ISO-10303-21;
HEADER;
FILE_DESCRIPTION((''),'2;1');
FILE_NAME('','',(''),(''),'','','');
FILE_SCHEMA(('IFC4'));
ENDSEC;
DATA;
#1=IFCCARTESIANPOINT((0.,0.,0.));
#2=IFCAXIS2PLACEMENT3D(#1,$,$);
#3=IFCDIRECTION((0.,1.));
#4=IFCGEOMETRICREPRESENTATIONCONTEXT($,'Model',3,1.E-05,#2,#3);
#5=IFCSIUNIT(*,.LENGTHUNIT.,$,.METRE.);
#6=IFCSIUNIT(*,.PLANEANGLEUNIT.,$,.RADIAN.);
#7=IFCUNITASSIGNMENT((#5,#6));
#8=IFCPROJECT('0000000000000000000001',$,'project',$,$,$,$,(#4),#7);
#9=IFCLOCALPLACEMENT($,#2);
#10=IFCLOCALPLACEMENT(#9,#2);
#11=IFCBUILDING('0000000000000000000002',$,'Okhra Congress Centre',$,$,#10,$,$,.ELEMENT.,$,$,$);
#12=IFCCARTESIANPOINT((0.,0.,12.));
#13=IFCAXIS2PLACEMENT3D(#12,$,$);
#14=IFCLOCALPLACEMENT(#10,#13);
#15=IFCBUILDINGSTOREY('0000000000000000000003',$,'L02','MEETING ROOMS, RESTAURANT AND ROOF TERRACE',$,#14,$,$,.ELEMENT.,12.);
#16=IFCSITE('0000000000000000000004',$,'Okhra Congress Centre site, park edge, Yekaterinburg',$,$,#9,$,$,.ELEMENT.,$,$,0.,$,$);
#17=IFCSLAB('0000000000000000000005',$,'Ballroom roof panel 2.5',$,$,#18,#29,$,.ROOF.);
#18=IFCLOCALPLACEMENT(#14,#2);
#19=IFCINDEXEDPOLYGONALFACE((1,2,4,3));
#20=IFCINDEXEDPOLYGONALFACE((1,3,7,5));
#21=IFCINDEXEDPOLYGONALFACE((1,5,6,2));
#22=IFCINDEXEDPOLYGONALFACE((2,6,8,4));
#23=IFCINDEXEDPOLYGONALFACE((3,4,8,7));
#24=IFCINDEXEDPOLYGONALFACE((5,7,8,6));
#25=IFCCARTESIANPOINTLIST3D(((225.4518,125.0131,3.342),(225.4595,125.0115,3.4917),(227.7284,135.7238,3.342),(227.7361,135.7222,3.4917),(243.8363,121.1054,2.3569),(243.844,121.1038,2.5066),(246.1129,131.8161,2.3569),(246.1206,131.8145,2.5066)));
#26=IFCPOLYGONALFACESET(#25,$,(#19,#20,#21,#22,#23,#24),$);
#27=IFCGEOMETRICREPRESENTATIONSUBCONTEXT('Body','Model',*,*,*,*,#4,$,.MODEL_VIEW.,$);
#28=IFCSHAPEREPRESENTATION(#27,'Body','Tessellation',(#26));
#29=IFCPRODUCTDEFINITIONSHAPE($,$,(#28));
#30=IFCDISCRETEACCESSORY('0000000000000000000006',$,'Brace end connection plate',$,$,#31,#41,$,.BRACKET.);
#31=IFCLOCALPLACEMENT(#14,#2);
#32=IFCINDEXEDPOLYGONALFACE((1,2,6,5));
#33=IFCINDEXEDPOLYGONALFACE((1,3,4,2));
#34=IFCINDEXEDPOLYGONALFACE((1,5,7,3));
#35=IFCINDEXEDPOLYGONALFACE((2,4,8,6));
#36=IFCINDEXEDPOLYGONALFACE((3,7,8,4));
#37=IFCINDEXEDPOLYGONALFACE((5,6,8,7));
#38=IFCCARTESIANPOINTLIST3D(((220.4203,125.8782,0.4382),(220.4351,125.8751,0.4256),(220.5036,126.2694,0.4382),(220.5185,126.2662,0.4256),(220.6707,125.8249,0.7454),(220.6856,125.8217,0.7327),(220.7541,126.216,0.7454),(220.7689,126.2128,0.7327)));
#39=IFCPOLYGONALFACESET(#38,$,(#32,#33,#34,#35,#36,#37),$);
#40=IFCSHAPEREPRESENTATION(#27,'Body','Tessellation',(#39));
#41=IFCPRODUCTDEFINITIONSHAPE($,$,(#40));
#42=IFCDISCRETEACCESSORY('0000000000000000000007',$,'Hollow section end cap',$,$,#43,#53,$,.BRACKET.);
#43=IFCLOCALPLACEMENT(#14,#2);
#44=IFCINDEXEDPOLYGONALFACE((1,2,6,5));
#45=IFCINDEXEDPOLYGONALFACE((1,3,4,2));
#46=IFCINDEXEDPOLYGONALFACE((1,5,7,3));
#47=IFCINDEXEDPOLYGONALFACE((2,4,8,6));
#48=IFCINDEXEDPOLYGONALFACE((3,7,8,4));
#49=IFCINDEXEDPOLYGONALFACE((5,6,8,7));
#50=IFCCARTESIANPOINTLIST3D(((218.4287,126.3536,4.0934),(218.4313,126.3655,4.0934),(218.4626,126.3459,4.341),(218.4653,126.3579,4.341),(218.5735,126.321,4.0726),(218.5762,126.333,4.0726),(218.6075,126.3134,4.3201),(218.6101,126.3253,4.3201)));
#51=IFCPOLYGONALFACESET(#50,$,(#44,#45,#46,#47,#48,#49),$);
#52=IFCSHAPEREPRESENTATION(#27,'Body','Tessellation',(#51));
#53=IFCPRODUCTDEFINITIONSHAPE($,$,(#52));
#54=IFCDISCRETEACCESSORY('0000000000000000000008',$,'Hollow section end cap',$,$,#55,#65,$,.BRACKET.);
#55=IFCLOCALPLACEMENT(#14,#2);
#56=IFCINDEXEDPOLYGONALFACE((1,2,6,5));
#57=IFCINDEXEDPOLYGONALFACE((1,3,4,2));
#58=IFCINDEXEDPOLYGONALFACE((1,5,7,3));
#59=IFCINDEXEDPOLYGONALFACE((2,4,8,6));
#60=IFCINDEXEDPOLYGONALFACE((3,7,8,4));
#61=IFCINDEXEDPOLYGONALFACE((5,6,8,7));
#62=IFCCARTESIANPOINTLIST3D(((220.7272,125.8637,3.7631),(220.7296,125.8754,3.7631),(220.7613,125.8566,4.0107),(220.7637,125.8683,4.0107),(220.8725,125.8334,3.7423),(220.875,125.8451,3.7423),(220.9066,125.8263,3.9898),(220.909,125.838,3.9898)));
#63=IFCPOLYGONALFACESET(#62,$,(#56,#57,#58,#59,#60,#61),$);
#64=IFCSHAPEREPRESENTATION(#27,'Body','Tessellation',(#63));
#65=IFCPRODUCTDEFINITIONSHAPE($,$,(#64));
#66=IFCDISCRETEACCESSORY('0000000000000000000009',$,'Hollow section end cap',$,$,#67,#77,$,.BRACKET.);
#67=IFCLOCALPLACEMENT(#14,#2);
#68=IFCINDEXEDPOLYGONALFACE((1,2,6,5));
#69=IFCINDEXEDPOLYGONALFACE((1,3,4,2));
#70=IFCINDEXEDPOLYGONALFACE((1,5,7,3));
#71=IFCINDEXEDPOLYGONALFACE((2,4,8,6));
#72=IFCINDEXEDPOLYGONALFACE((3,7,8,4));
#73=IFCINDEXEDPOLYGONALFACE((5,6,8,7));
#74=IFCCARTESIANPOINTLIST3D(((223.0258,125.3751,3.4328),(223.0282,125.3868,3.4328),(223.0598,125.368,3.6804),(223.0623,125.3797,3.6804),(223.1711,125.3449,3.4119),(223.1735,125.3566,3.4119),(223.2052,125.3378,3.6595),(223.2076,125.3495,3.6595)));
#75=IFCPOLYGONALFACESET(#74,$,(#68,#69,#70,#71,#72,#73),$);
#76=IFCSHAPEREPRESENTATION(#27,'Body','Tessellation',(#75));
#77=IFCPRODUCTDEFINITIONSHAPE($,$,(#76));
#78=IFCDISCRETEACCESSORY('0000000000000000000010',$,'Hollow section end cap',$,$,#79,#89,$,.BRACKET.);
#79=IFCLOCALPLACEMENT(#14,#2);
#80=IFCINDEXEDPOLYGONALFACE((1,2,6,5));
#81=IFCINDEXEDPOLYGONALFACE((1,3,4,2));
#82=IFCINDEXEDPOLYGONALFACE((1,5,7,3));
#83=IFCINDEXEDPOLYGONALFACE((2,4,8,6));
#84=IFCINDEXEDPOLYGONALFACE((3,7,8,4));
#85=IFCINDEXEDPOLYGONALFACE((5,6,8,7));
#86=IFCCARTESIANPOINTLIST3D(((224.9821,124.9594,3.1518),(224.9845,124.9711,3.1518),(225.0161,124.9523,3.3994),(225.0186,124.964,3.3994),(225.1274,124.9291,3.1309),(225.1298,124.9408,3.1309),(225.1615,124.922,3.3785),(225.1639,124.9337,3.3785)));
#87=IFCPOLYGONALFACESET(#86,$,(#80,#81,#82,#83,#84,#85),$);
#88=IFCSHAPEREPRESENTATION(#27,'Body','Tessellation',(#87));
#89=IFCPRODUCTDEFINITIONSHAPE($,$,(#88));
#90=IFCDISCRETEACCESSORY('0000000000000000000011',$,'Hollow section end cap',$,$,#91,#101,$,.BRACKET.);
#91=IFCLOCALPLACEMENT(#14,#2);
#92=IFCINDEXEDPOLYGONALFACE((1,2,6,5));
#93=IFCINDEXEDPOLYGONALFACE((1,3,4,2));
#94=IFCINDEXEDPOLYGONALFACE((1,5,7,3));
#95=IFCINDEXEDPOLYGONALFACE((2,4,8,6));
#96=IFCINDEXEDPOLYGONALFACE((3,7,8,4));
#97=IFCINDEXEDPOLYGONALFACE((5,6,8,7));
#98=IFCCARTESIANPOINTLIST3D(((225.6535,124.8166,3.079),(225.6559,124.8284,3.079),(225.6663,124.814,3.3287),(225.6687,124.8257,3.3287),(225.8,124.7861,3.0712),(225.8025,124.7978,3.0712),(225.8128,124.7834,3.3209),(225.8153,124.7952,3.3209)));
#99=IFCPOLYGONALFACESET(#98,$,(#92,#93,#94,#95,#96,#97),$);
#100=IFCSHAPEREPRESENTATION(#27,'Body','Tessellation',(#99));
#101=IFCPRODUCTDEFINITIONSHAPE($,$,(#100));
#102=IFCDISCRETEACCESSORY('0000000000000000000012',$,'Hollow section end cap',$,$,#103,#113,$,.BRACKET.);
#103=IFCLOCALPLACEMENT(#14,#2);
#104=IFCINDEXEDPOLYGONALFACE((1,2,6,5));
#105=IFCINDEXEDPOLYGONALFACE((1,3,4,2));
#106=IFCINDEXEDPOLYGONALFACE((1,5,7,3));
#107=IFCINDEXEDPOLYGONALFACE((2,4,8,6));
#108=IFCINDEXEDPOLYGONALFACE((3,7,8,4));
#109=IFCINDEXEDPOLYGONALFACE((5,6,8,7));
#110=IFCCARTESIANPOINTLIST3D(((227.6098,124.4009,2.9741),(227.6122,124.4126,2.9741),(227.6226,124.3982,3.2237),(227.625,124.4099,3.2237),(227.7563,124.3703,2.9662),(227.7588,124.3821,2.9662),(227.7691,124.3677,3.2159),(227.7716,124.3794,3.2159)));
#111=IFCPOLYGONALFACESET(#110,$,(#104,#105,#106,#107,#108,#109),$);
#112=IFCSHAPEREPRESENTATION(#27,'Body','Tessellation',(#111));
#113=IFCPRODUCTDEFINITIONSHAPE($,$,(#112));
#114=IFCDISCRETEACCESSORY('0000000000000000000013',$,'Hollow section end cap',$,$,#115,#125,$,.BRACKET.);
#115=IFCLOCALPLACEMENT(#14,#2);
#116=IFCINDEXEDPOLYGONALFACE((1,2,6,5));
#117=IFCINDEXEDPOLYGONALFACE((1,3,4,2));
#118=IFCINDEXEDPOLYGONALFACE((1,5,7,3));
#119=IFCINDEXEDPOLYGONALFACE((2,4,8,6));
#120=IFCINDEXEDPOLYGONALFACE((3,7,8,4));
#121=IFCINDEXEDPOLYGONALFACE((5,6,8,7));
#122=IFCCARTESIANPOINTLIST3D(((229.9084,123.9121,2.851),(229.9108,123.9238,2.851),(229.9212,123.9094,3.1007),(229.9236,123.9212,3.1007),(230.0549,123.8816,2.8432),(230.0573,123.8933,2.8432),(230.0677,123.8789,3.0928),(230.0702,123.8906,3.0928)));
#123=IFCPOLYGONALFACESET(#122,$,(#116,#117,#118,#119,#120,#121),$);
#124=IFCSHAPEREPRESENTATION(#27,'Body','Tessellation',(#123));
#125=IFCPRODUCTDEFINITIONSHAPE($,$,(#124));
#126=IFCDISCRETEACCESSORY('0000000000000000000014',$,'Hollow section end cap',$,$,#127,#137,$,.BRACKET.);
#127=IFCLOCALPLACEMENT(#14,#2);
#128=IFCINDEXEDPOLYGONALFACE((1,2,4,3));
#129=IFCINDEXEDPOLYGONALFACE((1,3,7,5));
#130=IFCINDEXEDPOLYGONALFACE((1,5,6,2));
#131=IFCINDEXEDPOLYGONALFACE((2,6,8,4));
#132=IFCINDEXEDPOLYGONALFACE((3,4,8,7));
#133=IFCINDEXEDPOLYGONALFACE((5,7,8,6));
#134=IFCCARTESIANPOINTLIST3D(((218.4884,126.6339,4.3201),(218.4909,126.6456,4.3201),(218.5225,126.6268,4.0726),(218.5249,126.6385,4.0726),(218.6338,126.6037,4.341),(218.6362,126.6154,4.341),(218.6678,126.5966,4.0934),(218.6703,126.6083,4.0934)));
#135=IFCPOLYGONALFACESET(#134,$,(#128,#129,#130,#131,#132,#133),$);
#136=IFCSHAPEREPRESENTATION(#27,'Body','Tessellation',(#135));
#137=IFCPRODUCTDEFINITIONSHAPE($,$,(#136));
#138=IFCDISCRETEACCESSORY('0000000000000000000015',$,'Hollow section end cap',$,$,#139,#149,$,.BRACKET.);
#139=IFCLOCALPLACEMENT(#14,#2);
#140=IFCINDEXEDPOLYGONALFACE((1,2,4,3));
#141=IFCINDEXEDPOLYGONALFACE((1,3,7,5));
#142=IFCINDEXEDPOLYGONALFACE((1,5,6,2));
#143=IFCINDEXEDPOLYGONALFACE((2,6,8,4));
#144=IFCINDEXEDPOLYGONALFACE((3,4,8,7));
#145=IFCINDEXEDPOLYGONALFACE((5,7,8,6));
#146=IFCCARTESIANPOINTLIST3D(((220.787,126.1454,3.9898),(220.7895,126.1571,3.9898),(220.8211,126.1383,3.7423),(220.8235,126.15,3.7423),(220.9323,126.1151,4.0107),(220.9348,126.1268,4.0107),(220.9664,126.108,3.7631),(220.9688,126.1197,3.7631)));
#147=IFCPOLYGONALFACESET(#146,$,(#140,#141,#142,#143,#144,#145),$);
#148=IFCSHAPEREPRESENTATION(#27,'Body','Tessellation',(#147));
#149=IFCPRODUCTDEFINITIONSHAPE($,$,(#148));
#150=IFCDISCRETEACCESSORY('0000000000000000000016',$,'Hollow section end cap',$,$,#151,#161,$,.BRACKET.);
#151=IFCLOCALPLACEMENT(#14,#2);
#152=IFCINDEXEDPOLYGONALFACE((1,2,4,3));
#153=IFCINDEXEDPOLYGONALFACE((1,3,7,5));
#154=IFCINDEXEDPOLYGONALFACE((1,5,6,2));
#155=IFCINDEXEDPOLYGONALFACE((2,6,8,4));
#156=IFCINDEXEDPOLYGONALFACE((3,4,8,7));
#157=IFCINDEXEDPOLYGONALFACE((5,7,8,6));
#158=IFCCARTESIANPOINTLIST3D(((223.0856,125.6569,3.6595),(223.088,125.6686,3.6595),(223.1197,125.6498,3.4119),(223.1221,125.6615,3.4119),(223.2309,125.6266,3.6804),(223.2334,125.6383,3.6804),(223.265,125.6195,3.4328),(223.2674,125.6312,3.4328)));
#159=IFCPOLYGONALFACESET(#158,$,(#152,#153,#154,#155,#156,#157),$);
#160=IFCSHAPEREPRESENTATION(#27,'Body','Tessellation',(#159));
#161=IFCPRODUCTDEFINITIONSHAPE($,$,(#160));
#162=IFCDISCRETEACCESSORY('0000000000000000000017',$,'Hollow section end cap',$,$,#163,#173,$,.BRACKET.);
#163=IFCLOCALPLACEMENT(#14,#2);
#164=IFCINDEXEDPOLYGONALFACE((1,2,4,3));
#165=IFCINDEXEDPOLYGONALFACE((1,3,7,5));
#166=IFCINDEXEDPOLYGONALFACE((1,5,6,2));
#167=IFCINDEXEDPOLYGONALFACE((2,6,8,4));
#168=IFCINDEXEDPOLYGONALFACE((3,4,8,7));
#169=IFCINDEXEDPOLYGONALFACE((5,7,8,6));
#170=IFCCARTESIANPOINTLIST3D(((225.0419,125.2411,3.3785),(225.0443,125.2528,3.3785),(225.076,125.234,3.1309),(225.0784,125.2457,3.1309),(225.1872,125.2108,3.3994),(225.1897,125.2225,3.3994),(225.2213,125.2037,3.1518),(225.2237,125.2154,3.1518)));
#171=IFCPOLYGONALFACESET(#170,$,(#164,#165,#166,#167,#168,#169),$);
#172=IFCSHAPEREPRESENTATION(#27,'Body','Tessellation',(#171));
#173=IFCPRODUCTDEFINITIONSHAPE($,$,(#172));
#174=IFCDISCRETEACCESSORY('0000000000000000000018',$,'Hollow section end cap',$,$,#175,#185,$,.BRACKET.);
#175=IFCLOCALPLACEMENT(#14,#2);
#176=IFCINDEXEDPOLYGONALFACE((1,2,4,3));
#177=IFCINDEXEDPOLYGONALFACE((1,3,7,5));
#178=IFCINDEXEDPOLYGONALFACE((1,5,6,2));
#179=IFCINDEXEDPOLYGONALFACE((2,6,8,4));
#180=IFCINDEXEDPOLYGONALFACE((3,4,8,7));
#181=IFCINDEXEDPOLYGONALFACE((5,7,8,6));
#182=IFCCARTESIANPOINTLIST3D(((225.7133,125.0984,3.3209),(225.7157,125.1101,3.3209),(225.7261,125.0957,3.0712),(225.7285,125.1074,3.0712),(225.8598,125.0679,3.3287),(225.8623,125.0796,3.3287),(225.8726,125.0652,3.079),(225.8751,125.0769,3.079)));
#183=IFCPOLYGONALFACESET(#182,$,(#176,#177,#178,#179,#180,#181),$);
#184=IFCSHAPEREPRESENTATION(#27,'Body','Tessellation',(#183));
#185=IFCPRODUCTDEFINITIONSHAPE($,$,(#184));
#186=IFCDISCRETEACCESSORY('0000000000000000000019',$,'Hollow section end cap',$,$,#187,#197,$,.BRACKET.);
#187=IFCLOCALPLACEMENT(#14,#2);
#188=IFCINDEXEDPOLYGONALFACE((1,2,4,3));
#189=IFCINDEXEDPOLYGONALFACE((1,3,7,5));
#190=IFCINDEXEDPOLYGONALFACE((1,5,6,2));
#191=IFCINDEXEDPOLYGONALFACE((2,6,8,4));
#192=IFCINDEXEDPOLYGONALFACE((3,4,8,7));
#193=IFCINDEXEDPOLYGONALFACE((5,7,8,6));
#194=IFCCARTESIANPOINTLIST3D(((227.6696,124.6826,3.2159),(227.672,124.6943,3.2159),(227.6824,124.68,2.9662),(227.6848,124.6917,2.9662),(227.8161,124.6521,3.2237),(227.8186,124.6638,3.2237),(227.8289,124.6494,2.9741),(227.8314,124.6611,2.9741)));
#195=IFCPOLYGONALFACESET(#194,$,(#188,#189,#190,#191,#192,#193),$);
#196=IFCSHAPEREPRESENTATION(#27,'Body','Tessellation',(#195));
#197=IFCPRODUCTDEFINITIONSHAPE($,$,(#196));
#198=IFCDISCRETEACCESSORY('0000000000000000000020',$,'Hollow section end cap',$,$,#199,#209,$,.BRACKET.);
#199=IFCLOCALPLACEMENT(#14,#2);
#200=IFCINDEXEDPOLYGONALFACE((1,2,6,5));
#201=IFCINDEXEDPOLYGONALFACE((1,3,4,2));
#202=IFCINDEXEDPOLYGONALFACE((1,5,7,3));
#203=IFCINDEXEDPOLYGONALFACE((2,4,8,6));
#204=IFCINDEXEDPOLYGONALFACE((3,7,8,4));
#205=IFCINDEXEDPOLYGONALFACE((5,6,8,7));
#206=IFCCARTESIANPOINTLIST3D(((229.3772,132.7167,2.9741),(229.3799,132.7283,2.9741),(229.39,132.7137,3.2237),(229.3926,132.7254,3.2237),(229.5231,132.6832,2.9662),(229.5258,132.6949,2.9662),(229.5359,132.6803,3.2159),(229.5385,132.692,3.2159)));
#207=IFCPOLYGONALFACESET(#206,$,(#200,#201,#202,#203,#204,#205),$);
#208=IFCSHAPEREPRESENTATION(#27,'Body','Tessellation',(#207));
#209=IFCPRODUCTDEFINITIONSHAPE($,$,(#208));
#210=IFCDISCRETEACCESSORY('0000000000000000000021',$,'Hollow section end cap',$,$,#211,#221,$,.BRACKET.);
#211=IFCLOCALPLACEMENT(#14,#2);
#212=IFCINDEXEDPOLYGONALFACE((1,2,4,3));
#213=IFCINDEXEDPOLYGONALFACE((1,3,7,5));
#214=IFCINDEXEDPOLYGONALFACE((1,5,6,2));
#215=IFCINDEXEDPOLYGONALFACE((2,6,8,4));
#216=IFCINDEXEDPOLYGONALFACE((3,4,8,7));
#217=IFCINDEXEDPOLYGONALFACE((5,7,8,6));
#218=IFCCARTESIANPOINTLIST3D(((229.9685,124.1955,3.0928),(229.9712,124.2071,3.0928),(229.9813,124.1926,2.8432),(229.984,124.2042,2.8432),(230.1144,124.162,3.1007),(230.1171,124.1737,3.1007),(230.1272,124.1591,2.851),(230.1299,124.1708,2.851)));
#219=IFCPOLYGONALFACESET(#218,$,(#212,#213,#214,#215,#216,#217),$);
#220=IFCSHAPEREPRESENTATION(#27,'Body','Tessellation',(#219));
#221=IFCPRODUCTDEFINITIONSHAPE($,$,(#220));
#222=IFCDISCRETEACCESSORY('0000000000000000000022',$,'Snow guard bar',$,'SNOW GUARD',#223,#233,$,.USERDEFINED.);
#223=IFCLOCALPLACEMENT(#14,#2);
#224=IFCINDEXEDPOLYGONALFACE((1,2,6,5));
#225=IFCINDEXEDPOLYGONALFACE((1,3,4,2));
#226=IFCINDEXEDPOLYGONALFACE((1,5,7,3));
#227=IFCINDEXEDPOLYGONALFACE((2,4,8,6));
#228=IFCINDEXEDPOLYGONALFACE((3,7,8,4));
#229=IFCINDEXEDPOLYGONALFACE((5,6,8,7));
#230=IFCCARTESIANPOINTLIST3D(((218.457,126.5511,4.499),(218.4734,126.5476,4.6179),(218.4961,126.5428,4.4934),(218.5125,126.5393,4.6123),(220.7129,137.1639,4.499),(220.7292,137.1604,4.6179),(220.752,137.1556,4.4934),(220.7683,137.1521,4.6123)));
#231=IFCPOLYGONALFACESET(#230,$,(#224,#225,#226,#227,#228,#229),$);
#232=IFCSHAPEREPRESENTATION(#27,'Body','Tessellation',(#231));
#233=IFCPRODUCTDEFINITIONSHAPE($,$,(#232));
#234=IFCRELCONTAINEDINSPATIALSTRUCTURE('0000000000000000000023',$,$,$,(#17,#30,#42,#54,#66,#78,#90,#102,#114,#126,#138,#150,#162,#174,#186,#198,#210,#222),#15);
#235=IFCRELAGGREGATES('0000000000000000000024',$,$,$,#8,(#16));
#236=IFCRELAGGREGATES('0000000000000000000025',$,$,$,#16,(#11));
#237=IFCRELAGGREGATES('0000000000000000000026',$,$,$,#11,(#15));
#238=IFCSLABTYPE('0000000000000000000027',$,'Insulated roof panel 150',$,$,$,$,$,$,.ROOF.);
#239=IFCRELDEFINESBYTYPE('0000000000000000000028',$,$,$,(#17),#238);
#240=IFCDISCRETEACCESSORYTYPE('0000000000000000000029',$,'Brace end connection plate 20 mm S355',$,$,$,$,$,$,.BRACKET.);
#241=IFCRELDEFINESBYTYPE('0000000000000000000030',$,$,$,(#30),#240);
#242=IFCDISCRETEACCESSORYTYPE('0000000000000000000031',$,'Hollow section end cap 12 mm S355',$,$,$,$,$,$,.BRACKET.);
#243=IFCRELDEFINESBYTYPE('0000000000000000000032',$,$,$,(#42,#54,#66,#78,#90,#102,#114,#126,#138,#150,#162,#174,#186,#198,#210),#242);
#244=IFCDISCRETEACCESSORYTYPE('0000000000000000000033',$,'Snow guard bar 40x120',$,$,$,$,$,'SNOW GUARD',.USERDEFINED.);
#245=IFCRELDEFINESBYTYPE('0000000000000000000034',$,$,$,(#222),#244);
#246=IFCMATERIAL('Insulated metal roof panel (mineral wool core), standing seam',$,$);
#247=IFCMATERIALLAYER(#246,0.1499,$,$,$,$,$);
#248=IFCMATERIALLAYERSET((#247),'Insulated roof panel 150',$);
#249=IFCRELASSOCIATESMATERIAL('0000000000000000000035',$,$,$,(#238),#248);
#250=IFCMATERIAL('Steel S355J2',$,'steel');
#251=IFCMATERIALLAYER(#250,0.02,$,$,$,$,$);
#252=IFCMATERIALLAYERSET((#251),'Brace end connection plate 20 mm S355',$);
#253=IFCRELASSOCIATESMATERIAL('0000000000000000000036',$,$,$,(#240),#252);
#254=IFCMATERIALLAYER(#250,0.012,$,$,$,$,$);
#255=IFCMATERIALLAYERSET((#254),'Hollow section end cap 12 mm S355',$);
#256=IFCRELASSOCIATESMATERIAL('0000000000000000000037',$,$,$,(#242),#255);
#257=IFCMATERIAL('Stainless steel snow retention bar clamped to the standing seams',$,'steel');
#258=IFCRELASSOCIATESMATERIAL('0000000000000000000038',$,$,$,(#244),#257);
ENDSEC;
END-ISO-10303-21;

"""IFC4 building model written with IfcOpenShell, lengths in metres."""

from ifc_helpers import new_model, si_unit, direction, frame, origin, origin_2d, place, context, subcontext, project, spatial, polyline, rectangle, outline, extrude, material, layer, layer_set, type_object, element, save


model = new_model("IFC4")

# Units and contexts
model_context = context("Model", 3, precision=1e-05, world=origin(), true_north=direction((0.0, 1.0)))
body_context = subcontext(model_context, "Body", "Model", "MODEL_VIEW")
ifc_project = project(units=[si_unit("LENGTHUNIT", "METRE"), si_unit("PLANEANGLEUNIT", "RADIAN")], contexts=[model_context])

# Site, building, storey
site_placement = place(None, origin())
site = spatial("IfcSite", under=ifc_project, at=site_placement, Name="Okhra Congress Centre site, park edge, Yekaterinburg", CompositionType="ELEMENT", RefElevation=0.0)
building_placement = place(site_placement, origin())
building = spatial("IfcBuilding", under=site, at=building_placement, Name="Okhra Congress Centre", CompositionType="ELEMENT")
storey_placement = place(building_placement, frame((0.0, 0.0, 12.0)))
storey = spatial("IfcBuildingStorey", under=building, at=storey_placement, Name="L02", Description="MEETING ROOMS, RESTAURANT AND ROOF TERRACE", CompositionType="ELEMENT", Elevation=12.0)

# Shared definitions
ifc_material_1 = material(Name="Steel S355J2", Category="steel")

# Slab
ifc_material_2 = material(Name="Insulated metal roof panel (mineral wool core), standing seam")
ifc_layer_1 = layer(ifc_material_2, 0.1499)
ifc_layer_set_1 = layer_set([ifc_layer_1], Name="Insulated roof panel 150")
slab_type = type_object("IfcSlabType", Name="Insulated roof panel 150", PredefinedType="ROOF", material=ifc_layer_set_1)
slab_placement = place(storey_placement, frame((225.4595, 125.0115, 3.4917), z_axis=(0.051197, -0.010882, 0.998629), x_axis=(0.976807, -0.207625, -0.052341)))
element("IfcSlab", 1, at=slab_placement, inside=storey, type_object=slab_type, Name="Ballroom roof panel 2.5", PredefinedType="ROOF", context=body_context, shape_type="SweptSolid", body=[
    extrude(outline(polyline([(0.0, 0.0), (18.821, 0.0), (18.821, 10.95), (0.0, 10.95), (0.0, 0.0)])), origin(), (0.0, 0.0, -1.0), 0.1499),
])

# Discrete accessories
ifc_layer_2 = layer(ifc_material_1, 0.02)
ifc_layer_set_2 = layer_set([ifc_layer_2], Name="Brace end connection plate 20 mm S355")
discrete_accessory_type_1 = type_object("IfcDiscreteAccessoryType", Name="Brace end connection plate 20 mm S355", PredefinedType="BRACKET", material=ifc_layer_set_2)
discrete_accessory_1_placement = place(storey_placement, frame((220.5872, 126.0471, 0.5918), z_axis=(0.7512, -0.160092, -0.640367), x_axis=(0.208434, 0.978036, 0.0)))
element("IfcDiscreteAccessory", 2, at=discrete_accessory_1_placement, inside=storey, type_object=discrete_accessory_type_1, Name="Brace end connection plate", PredefinedType="BRACKET", context=body_context, shape_type="SweptSolid", body=[
    extrude(rectangle(XDim=0.3999, YDim=0.3999, at=origin_2d()), origin(), (0.0, 0.0, 1.0), 0.0198),
])
ifc_layer_3 = layer(ifc_material_1, 0.012)
ifc_layer_set_3 = layer_set([ifc_layer_3], Name="Hollow section end cap 12 mm S355")
discrete_accessory_type_2 = type_object("IfcDiscreteAccessoryType", Name="Hollow section end cap 12 mm S355", PredefinedType="BRACKET", material=ifc_layer_set_3)
discrete_accessory_2_placement = place(storey_placement, frame((218.5181, 126.3335, 4.2068), z_axis=(0.219038, 0.975716, 0.0), x_axis=(-0.966221, 0.216907, 0.139173)))
element("IfcDiscreteAccessory", 3, at=discrete_accessory_2_placement, inside=storey, type_object=discrete_accessory_type_2, Name="Hollow section end cap", PredefinedType="BRACKET", context=body_context, shape_type="SweptSolid", body=[
    extrude(rectangle(XDim=0.1499, YDim=0.25, at=origin_2d()), origin(), (0.0, 0.0, 1.0), 0.0122),
])
for number, where, z_axis, x_axis, name in (
    (4, (220.8169, 125.845, 3.8765), (0.203954, 0.97898, 0.0), (-0.969453, 0.201969, 0.139173), "Hollow section end cap"),
    (5, (223.1155, 125.3564, 3.5461), (0.203954, 0.97898, 0.0), (-0.969453, 0.201969, 0.139173), "Hollow section end cap"),
    (6, (225.0718, 124.9407, 3.2651), (0.203954, 0.97898, 0.0), (-0.969453, 0.201969, 0.139173), "Hollow section end cap"),
    (7, (225.7332, 124.8, 3.2), (0.203954, 0.97898, 0.0), (-0.977639, 0.203675, 0.052336), "Hollow section end cap"),
    (8, (227.6895, 124.3843, 3.095), (0.203954, 0.97898, 0.0), (-0.977639, 0.203675, 0.052336), "Hollow section end cap"),
    (9, (229.988, 123.8955, 2.9719), (0.203954, 0.97898, 0.0), (-0.977639, 0.203675, 0.052336), "Hollow section end cap"),
    (10, (218.5806, 126.627, 4.2068), (-0.203954, -0.97898, 0.0), (0.969453, -0.201969, 0.139173), "Hollow section end cap"),
    (11, (220.8792, 126.1384, 3.8765), (-0.203954, -0.97898, 0.0), (0.969453, -0.201969, 0.139173), "Hollow section end cap"),
    (12, (223.1777, 125.6499, 3.5461), (-0.203954, -0.97898, 0.0), (0.969453, -0.201969, 0.139173), "Hollow section end cap"),
    (13, (225.134, 125.2341, 3.2651), (-0.203954, -0.97898, 0.0), (0.969453, -0.201969, 0.139173), "Hollow section end cap"),
    (14, (225.7954, 125.0935, 3.2), (-0.203954, -0.97898, 0.0), (0.977639, -0.203675, 0.052336), "Hollow section end cap"),
    (15, (227.7517, 124.6777, 3.095), (-0.203954, -0.97898, 0.0), (0.977639, -0.203675, 0.052336), "Hollow section end cap"),
    (16, (229.4565, 132.6985, 3.095), (0.223376, 0.974732, 0.0), (-0.973396, 0.22307, 0.052336), "Hollow section end cap"),
    (17, (230.0505, 124.189, 2.9719), (-0.223376, -0.974732, 0.0), (0.973396, -0.22307, 0.052336), "Hollow section end cap"),
):
    element("IfcDiscreteAccessory", number, at=place(storey_placement, frame(where, z_axis=z_axis, x_axis=x_axis)), inside=storey, type_object=discrete_accessory_type_2, Name=name, PredefinedType="BRACKET", context=body_context, shape_type="SweptSolid", body=[
        extrude(rectangle(XDim=0.1499, YDim=0.25, at=origin_2d()), origin(), (0.0, 0.0, 1.0), 0.012),
    ])
ifc_material_3 = material(Name="Stainless steel snow retention bar clamped to the standing seams", Category="steel")
discrete_accessory_type_3 = type_object("IfcDiscreteAccessoryType", Name="Snow guard bar 40x120", ElementType="SNOW GUARD", PredefinedType="USERDEFINED", material=ifc_material_3)
discrete_accessory_3_placement = place(storey_placement, frame((218.4734, 126.5476, 4.6179), z_axis=(0.136198, -0.02895, 0.990259), x_axis=(0.96863, -0.205834, -0.139241)))
element("IfcDiscreteAccessory", 18, at=discrete_accessory_3_placement, inside=storey, type_object=discrete_accessory_type_3, Name="Snow guard bar", ObjectType="SNOW GUARD", PredefinedType="USERDEFINED", context=body_context, shape_type="SweptSolid", body=[
    extrude(outline(polyline([(0.0, 0.0), (0.0403, 0.0), (0.0409, 10.8499), (0.0006, 10.8499), (0.0, 0.0)])), origin(), (0.0, 0.0, -1.0), 0.1201),
])

save(model, "model.ifc")
